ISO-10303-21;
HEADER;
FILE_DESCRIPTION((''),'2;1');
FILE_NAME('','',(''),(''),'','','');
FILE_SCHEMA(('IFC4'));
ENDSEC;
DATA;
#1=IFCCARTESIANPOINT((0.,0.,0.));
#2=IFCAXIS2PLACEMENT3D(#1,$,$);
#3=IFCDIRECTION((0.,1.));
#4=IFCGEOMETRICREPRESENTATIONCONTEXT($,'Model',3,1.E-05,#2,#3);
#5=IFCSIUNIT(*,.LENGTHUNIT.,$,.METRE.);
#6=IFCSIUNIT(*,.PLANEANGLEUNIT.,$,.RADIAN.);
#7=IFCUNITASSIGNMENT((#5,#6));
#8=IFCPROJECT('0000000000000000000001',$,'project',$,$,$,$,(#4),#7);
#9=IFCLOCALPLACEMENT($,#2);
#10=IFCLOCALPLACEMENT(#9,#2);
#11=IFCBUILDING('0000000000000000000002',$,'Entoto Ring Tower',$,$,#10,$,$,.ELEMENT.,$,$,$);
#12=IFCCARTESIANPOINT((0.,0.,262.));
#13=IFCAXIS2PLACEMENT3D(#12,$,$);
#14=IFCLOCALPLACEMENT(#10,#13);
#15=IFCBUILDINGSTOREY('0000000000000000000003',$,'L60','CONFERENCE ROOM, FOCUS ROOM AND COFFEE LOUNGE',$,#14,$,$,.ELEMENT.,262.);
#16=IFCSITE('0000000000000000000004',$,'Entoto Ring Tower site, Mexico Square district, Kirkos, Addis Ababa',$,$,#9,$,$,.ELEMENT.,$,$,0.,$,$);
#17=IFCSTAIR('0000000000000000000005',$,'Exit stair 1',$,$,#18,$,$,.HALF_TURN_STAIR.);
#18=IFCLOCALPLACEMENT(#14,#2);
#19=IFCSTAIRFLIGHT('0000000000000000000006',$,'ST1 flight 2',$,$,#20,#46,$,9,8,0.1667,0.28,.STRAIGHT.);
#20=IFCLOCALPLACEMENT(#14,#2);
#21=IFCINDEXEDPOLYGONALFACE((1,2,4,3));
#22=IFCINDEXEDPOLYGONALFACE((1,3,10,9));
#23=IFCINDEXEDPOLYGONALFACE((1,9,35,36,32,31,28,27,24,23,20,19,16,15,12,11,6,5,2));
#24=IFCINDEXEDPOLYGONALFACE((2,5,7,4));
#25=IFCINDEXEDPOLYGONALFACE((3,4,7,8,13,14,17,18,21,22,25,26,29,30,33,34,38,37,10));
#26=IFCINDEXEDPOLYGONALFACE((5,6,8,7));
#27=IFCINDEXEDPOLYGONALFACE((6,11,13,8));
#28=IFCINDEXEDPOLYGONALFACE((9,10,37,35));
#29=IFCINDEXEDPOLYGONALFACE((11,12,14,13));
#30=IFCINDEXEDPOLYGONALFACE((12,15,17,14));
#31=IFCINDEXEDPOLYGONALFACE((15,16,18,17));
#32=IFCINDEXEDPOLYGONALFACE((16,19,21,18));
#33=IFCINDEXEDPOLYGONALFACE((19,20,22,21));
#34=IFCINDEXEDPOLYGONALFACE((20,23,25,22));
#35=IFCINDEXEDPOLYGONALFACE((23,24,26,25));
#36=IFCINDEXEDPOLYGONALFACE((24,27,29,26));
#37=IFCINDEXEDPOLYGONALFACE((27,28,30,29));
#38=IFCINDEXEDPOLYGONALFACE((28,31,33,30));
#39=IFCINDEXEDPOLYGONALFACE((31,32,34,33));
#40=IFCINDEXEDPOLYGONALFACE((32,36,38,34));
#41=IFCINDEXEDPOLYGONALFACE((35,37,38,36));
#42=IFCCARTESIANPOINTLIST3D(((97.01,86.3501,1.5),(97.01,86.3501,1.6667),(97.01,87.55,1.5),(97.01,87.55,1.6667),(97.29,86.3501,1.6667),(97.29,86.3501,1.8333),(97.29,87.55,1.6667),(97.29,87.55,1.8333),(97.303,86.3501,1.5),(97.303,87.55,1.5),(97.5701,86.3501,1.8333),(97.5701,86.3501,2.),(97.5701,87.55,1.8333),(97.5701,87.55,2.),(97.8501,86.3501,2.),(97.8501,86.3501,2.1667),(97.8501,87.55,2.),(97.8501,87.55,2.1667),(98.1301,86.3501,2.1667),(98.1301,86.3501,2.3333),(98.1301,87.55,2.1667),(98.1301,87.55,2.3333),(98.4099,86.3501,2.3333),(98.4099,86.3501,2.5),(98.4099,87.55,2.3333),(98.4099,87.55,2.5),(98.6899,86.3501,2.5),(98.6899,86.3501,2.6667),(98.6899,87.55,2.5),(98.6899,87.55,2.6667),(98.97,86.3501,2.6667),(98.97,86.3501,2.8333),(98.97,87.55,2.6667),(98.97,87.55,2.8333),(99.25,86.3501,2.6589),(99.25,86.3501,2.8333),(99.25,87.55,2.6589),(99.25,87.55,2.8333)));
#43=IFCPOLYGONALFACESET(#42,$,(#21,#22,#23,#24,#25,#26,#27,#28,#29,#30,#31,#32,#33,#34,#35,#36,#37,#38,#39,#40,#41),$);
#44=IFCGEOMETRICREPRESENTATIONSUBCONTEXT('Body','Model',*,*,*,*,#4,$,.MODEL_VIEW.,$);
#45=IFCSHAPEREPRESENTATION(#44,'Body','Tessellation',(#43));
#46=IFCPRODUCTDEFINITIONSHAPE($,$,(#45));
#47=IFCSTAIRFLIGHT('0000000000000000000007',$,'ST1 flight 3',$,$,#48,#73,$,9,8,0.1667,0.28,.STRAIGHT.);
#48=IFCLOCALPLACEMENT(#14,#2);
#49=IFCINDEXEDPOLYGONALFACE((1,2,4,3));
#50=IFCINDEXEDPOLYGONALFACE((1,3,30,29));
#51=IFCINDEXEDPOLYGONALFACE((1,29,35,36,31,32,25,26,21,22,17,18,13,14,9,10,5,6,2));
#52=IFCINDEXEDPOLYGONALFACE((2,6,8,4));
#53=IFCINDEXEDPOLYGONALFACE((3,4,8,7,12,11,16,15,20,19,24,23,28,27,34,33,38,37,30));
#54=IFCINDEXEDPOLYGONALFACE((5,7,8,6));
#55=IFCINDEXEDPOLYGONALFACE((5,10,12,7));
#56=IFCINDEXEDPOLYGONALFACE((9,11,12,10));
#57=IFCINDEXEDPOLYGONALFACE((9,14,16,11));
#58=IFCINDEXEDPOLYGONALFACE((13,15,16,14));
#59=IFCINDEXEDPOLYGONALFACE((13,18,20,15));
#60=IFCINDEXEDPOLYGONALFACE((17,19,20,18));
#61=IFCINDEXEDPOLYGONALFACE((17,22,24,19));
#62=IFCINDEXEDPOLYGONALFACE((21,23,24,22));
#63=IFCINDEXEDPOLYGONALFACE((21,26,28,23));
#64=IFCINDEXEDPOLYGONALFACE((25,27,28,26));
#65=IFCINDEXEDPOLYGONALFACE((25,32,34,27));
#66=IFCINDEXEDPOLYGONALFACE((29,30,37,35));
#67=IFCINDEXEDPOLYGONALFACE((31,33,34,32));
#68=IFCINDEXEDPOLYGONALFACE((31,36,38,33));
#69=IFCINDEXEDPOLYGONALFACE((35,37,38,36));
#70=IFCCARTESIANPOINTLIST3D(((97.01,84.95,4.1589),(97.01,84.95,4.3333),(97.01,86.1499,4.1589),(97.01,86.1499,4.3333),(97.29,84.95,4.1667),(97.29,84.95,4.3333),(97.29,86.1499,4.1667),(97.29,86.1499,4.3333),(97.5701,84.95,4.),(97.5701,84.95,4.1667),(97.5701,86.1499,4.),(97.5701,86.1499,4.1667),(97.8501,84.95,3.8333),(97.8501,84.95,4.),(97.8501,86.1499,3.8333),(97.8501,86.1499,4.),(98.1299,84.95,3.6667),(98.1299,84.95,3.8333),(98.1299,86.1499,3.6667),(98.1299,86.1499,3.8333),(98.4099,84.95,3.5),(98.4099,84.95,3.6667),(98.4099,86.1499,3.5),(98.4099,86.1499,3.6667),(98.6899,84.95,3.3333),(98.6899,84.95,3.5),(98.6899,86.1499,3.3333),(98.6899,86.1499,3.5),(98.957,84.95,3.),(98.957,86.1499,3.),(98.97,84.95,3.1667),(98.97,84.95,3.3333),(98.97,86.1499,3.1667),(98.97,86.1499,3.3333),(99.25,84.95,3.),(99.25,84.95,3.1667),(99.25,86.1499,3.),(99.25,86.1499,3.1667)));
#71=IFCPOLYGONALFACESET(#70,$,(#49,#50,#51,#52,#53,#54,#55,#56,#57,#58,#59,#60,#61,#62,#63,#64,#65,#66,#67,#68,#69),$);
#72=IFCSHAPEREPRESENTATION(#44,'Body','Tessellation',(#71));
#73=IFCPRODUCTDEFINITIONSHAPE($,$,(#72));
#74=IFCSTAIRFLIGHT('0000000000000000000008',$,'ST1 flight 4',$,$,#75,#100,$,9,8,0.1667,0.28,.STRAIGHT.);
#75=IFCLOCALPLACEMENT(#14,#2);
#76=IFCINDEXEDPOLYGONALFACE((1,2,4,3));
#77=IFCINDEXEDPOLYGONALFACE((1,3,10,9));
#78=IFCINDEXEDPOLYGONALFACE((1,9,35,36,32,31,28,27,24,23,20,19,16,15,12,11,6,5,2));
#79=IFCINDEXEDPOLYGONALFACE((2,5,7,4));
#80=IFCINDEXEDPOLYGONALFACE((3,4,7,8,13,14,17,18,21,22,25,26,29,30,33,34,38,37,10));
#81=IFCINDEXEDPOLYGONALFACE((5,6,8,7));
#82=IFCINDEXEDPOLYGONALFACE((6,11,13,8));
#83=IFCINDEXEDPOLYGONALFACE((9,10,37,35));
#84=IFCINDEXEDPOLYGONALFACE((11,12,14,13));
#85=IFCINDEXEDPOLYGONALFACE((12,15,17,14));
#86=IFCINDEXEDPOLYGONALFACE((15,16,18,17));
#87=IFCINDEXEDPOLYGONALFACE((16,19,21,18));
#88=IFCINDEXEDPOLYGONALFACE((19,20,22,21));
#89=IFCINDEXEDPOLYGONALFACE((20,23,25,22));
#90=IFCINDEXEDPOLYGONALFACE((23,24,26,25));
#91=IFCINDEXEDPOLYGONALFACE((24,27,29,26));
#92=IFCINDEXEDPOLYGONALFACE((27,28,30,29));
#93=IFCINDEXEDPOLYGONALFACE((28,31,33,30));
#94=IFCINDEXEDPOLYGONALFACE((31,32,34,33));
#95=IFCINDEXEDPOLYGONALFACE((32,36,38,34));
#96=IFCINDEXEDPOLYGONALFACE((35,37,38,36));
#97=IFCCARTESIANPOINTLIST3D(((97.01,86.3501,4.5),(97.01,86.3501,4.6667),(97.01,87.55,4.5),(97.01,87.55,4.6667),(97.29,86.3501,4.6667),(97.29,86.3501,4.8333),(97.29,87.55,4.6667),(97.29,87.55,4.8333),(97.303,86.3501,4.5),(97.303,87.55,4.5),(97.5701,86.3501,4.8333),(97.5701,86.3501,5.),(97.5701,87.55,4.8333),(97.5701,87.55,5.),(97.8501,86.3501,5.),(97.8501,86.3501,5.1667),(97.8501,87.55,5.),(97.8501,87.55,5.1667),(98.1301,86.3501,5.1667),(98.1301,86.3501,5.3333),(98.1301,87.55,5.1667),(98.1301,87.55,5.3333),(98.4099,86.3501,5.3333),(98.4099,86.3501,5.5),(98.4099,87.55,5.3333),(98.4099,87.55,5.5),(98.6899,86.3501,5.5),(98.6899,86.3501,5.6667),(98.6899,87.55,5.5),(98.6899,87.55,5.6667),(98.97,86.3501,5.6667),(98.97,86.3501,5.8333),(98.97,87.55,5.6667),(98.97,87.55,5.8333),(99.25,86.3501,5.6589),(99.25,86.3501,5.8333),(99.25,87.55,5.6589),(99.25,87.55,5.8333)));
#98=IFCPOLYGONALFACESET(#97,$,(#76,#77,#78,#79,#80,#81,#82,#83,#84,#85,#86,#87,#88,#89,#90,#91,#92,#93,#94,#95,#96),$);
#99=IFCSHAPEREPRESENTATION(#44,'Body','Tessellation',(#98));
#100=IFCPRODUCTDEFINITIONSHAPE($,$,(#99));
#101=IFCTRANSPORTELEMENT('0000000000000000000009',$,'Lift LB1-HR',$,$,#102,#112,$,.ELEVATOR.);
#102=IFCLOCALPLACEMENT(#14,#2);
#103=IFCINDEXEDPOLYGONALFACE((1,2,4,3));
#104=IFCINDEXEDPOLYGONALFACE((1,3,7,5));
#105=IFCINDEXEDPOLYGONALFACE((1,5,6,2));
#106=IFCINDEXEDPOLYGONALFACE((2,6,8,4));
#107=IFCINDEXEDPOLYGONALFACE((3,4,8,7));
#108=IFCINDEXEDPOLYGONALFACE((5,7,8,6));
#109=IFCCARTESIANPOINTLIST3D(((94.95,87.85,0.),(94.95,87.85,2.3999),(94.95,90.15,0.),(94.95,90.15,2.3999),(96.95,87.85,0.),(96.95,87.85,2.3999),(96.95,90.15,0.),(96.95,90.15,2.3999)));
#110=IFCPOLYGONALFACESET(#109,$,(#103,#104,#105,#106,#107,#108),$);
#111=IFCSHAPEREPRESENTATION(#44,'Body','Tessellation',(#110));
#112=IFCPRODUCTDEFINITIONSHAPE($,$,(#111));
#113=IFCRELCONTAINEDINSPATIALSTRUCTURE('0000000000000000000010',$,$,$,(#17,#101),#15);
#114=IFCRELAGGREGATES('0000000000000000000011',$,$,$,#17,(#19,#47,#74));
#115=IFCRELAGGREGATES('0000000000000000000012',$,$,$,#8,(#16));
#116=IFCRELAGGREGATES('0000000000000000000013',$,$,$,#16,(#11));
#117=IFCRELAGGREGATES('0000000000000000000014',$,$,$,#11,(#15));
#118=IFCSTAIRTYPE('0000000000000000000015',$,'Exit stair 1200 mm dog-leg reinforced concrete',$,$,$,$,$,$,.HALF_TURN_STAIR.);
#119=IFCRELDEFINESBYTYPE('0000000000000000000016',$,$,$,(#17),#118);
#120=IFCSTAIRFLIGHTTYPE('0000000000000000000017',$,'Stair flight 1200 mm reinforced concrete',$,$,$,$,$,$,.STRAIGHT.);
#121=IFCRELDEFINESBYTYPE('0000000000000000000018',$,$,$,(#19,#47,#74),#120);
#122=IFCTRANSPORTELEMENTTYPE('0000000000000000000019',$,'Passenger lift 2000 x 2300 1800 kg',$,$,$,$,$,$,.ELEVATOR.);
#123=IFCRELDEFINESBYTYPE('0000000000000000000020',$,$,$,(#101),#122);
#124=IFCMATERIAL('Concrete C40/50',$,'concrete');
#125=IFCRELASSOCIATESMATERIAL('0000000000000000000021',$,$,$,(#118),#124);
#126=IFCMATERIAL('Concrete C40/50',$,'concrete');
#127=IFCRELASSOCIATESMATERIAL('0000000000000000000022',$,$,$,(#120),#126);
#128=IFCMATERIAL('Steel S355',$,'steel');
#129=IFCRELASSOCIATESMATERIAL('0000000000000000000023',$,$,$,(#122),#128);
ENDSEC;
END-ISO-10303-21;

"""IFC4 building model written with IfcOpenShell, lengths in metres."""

from ifc_helpers import new_model, si_unit, direction, frame, origin, origin_2d, place, context, subcontext, project, spatial, polyline, rectangle, outline, extrude, material, type_object, element, aggregate, save


model = new_model("IFC4")

# Units and contexts
model_context = context("Model", 3, precision=1e-05, world=origin(), true_north=direction((0.0, 1.0)))
body_context = subcontext(model_context, "Body", "Model", "MODEL_VIEW")
ifc_project = project(units=[si_unit("LENGTHUNIT", "METRE"), si_unit("PLANEANGLEUNIT", "RADIAN")], contexts=[model_context])

# Site, building, storey
site_placement = place(None, origin())
site = spatial("IfcSite", under=ifc_project, at=site_placement, Name="Entoto Ring Tower site, Mexico Square district, Kirkos, Addis Ababa", CompositionType="ELEMENT", RefElevation=0.0)
building_placement = place(site_placement, origin())
building = spatial("IfcBuilding", under=site, at=building_placement, Name="Entoto Ring Tower", CompositionType="ELEMENT")
storey_placement = place(building_placement, frame((0.0, 0.0, 262.0)))
storey = spatial("IfcBuildingStorey", under=building, at=storey_placement, Name="L60", Description="CONFERENCE ROOM, FOCUS ROOM AND COFFEE LOUNGE", CompositionType="ELEMENT", Elevation=262.0)

# Stair, stair flights
ifc_material_1 = material(Name="Concrete C40/50", Category="concrete")
stair_type = type_object("IfcStairType", Name="Exit stair 1200 mm dog-leg reinforced concrete", PredefinedType="HALF_TURN_STAIR", material=ifc_material_1)
stair_placement = place(storey_placement, origin())
stair = element("IfcStair", 1, at=stair_placement, inside=storey, type_object=stair_type, Name="Exit stair 1", PredefinedType="HALF_TURN_STAIR")
ifc_material_2 = material(Name="Concrete C40/50", Category="concrete")
stair_flight_type = type_object("IfcStairFlightType", Name="Stair flight 1200 mm reinforced concrete", PredefinedType="STRAIGHT", material=ifc_material_2)
stair_flight_1_placement = place(storey_placement, frame((97.01, 86.95, 1.5), z_axis=(0.0, 0.0, 1.0), x_axis=(1.0, 0.0, 0.0)))
stair_flight_1 = element("IfcStairFlight", 2, at=stair_flight_1_placement, type_object=stair_flight_type, Name="ST1 flight 2", NumberOfRisers=9, NumberOfTreads=8, PredefinedType="STRAIGHT", RiserHeight=0.1667, TreadLength=0.28, context=body_context, shape_type="SweptSolid", body=[
    extrude(outline(polyline([(0.0, 0.0), (0.0, 0.1667), (0.28, 0.1667), (0.28, 0.3333), (0.5601, 0.3333), (0.5601, 0.5), (0.8401, 0.5), (0.8401, 0.6667), (1.1201, 0.6667), (1.1201, 0.8333), (1.3999, 0.8333), (1.3999, 1.0), (1.6799, 1.0), (1.6799, 1.1667), (1.96, 1.1667), (1.96, 1.3333), (2.24, 1.3333), (2.24, 1.5), (2.24, 1.1589), (0.293, 0.0), (0.0, 0.0)])), frame((0.0, 0.6001, 0.0), z_axis=(0.0, -1.0, 0.0), x_axis=(1.0, 0.0, 0.0)), (0.0, 0.0, 1.0), 1.2),
])
stair_flight_2_placement = place(storey_placement, frame((99.25, 85.55, 3.0), z_axis=(0.0, 0.0, 1.0), x_axis=(-1.0, 0.0, 0.0)))
stair_flight_2 = element("IfcStairFlight", 3, at=stair_flight_2_placement, type_object=stair_flight_type, Name="ST1 flight 3", NumberOfRisers=9, NumberOfTreads=8, PredefinedType="STRAIGHT", RiserHeight=0.1667, TreadLength=0.28, context=body_context, shape_type="SweptSolid", body=[
    extrude(outline(polyline([(0.0, 0.0), (0.0, 0.1667), (0.28, 0.1667), (0.28, 0.3333), (0.5601, 0.3333), (0.5601, 0.5), (0.8401, 0.5), (0.8401, 0.6667), (1.1201, 0.6667), (1.1201, 0.8333), (1.3999, 0.8333), (1.3999, 1.0), (1.6799, 1.0), (1.6799, 1.1667), (1.96, 1.1667), (1.96, 1.3333), (2.24, 1.3333), (2.24, 1.5), (2.24, 1.1589), (0.293, 0.0), (0.0, 0.0)])), frame((0.0, 0.6001, 0.0), z_axis=(0.0, -1.0, 0.0), x_axis=(1.0, 0.0, 0.0)), (0.0, 0.0, 1.0), 1.2),
])
stair_flight_3_placement = place(storey_placement, frame((97.01, 86.95, 4.5), z_axis=(0.0, 0.0, 1.0), x_axis=(1.0, 0.0, 0.0)))
stair_flight_3 = element("IfcStairFlight", 4, at=stair_flight_3_placement, type_object=stair_flight_type, Name="ST1 flight 4", NumberOfRisers=9, NumberOfTreads=8, PredefinedType="STRAIGHT", RiserHeight=0.1667, TreadLength=0.28, context=body_context, shape_type="SweptSolid", body=[
    extrude(outline(polyline([(0.0, 0.0), (0.0, 0.1667), (0.28, 0.1667), (0.28, 0.3333), (0.5601, 0.3333), (0.5601, 0.5), (0.8401, 0.5), (0.8401, 0.6667), (1.1201, 0.6667), (1.1201, 0.8333), (1.3999, 0.8333), (1.3999, 1.0), (1.6799, 1.0), (1.6799, 1.1667), (1.96, 1.1667), (1.96, 1.3333), (2.24, 1.3333), (2.24, 1.5), (2.24, 1.1589), (0.293, 0.0), (0.0, 0.0)])), frame((0.0, 0.6001, 0.0), z_axis=(0.0, -1.0, 0.0), x_axis=(1.0, 0.0, 0.0)), (0.0, 0.0, 1.0), 1.2),
])
aggregate(stair, [stair_flight_1, stair_flight_2, stair_flight_3])

# Transport element
ifc_material_3 = material(Name="Steel S355", Category="steel")
transport_element_type = type_object("IfcTransportElementType", Name="Passenger lift 2000 x 2300 1800 kg", PredefinedType="ELEVATOR", material=ifc_material_3)
transport_element_placement = place(storey_placement, frame((95.95, 89.0, 0.0), z_axis=(0.0, 0.0, 1.0), x_axis=(1.0, 0.0, 0.0)))
element("IfcTransportElement", 5, at=transport_element_placement, inside=storey, type_object=transport_element_type, Name="Lift LB1-HR", PredefinedType="ELEVATOR", context=body_context, shape_type="SweptSolid", body=[
    extrude(rectangle(XDim=2.0, YDim=2.3, at=origin_2d()), origin(), (0.0, 0.0, 1.0), 2.3999),
])

save(model, "model.ifc")
